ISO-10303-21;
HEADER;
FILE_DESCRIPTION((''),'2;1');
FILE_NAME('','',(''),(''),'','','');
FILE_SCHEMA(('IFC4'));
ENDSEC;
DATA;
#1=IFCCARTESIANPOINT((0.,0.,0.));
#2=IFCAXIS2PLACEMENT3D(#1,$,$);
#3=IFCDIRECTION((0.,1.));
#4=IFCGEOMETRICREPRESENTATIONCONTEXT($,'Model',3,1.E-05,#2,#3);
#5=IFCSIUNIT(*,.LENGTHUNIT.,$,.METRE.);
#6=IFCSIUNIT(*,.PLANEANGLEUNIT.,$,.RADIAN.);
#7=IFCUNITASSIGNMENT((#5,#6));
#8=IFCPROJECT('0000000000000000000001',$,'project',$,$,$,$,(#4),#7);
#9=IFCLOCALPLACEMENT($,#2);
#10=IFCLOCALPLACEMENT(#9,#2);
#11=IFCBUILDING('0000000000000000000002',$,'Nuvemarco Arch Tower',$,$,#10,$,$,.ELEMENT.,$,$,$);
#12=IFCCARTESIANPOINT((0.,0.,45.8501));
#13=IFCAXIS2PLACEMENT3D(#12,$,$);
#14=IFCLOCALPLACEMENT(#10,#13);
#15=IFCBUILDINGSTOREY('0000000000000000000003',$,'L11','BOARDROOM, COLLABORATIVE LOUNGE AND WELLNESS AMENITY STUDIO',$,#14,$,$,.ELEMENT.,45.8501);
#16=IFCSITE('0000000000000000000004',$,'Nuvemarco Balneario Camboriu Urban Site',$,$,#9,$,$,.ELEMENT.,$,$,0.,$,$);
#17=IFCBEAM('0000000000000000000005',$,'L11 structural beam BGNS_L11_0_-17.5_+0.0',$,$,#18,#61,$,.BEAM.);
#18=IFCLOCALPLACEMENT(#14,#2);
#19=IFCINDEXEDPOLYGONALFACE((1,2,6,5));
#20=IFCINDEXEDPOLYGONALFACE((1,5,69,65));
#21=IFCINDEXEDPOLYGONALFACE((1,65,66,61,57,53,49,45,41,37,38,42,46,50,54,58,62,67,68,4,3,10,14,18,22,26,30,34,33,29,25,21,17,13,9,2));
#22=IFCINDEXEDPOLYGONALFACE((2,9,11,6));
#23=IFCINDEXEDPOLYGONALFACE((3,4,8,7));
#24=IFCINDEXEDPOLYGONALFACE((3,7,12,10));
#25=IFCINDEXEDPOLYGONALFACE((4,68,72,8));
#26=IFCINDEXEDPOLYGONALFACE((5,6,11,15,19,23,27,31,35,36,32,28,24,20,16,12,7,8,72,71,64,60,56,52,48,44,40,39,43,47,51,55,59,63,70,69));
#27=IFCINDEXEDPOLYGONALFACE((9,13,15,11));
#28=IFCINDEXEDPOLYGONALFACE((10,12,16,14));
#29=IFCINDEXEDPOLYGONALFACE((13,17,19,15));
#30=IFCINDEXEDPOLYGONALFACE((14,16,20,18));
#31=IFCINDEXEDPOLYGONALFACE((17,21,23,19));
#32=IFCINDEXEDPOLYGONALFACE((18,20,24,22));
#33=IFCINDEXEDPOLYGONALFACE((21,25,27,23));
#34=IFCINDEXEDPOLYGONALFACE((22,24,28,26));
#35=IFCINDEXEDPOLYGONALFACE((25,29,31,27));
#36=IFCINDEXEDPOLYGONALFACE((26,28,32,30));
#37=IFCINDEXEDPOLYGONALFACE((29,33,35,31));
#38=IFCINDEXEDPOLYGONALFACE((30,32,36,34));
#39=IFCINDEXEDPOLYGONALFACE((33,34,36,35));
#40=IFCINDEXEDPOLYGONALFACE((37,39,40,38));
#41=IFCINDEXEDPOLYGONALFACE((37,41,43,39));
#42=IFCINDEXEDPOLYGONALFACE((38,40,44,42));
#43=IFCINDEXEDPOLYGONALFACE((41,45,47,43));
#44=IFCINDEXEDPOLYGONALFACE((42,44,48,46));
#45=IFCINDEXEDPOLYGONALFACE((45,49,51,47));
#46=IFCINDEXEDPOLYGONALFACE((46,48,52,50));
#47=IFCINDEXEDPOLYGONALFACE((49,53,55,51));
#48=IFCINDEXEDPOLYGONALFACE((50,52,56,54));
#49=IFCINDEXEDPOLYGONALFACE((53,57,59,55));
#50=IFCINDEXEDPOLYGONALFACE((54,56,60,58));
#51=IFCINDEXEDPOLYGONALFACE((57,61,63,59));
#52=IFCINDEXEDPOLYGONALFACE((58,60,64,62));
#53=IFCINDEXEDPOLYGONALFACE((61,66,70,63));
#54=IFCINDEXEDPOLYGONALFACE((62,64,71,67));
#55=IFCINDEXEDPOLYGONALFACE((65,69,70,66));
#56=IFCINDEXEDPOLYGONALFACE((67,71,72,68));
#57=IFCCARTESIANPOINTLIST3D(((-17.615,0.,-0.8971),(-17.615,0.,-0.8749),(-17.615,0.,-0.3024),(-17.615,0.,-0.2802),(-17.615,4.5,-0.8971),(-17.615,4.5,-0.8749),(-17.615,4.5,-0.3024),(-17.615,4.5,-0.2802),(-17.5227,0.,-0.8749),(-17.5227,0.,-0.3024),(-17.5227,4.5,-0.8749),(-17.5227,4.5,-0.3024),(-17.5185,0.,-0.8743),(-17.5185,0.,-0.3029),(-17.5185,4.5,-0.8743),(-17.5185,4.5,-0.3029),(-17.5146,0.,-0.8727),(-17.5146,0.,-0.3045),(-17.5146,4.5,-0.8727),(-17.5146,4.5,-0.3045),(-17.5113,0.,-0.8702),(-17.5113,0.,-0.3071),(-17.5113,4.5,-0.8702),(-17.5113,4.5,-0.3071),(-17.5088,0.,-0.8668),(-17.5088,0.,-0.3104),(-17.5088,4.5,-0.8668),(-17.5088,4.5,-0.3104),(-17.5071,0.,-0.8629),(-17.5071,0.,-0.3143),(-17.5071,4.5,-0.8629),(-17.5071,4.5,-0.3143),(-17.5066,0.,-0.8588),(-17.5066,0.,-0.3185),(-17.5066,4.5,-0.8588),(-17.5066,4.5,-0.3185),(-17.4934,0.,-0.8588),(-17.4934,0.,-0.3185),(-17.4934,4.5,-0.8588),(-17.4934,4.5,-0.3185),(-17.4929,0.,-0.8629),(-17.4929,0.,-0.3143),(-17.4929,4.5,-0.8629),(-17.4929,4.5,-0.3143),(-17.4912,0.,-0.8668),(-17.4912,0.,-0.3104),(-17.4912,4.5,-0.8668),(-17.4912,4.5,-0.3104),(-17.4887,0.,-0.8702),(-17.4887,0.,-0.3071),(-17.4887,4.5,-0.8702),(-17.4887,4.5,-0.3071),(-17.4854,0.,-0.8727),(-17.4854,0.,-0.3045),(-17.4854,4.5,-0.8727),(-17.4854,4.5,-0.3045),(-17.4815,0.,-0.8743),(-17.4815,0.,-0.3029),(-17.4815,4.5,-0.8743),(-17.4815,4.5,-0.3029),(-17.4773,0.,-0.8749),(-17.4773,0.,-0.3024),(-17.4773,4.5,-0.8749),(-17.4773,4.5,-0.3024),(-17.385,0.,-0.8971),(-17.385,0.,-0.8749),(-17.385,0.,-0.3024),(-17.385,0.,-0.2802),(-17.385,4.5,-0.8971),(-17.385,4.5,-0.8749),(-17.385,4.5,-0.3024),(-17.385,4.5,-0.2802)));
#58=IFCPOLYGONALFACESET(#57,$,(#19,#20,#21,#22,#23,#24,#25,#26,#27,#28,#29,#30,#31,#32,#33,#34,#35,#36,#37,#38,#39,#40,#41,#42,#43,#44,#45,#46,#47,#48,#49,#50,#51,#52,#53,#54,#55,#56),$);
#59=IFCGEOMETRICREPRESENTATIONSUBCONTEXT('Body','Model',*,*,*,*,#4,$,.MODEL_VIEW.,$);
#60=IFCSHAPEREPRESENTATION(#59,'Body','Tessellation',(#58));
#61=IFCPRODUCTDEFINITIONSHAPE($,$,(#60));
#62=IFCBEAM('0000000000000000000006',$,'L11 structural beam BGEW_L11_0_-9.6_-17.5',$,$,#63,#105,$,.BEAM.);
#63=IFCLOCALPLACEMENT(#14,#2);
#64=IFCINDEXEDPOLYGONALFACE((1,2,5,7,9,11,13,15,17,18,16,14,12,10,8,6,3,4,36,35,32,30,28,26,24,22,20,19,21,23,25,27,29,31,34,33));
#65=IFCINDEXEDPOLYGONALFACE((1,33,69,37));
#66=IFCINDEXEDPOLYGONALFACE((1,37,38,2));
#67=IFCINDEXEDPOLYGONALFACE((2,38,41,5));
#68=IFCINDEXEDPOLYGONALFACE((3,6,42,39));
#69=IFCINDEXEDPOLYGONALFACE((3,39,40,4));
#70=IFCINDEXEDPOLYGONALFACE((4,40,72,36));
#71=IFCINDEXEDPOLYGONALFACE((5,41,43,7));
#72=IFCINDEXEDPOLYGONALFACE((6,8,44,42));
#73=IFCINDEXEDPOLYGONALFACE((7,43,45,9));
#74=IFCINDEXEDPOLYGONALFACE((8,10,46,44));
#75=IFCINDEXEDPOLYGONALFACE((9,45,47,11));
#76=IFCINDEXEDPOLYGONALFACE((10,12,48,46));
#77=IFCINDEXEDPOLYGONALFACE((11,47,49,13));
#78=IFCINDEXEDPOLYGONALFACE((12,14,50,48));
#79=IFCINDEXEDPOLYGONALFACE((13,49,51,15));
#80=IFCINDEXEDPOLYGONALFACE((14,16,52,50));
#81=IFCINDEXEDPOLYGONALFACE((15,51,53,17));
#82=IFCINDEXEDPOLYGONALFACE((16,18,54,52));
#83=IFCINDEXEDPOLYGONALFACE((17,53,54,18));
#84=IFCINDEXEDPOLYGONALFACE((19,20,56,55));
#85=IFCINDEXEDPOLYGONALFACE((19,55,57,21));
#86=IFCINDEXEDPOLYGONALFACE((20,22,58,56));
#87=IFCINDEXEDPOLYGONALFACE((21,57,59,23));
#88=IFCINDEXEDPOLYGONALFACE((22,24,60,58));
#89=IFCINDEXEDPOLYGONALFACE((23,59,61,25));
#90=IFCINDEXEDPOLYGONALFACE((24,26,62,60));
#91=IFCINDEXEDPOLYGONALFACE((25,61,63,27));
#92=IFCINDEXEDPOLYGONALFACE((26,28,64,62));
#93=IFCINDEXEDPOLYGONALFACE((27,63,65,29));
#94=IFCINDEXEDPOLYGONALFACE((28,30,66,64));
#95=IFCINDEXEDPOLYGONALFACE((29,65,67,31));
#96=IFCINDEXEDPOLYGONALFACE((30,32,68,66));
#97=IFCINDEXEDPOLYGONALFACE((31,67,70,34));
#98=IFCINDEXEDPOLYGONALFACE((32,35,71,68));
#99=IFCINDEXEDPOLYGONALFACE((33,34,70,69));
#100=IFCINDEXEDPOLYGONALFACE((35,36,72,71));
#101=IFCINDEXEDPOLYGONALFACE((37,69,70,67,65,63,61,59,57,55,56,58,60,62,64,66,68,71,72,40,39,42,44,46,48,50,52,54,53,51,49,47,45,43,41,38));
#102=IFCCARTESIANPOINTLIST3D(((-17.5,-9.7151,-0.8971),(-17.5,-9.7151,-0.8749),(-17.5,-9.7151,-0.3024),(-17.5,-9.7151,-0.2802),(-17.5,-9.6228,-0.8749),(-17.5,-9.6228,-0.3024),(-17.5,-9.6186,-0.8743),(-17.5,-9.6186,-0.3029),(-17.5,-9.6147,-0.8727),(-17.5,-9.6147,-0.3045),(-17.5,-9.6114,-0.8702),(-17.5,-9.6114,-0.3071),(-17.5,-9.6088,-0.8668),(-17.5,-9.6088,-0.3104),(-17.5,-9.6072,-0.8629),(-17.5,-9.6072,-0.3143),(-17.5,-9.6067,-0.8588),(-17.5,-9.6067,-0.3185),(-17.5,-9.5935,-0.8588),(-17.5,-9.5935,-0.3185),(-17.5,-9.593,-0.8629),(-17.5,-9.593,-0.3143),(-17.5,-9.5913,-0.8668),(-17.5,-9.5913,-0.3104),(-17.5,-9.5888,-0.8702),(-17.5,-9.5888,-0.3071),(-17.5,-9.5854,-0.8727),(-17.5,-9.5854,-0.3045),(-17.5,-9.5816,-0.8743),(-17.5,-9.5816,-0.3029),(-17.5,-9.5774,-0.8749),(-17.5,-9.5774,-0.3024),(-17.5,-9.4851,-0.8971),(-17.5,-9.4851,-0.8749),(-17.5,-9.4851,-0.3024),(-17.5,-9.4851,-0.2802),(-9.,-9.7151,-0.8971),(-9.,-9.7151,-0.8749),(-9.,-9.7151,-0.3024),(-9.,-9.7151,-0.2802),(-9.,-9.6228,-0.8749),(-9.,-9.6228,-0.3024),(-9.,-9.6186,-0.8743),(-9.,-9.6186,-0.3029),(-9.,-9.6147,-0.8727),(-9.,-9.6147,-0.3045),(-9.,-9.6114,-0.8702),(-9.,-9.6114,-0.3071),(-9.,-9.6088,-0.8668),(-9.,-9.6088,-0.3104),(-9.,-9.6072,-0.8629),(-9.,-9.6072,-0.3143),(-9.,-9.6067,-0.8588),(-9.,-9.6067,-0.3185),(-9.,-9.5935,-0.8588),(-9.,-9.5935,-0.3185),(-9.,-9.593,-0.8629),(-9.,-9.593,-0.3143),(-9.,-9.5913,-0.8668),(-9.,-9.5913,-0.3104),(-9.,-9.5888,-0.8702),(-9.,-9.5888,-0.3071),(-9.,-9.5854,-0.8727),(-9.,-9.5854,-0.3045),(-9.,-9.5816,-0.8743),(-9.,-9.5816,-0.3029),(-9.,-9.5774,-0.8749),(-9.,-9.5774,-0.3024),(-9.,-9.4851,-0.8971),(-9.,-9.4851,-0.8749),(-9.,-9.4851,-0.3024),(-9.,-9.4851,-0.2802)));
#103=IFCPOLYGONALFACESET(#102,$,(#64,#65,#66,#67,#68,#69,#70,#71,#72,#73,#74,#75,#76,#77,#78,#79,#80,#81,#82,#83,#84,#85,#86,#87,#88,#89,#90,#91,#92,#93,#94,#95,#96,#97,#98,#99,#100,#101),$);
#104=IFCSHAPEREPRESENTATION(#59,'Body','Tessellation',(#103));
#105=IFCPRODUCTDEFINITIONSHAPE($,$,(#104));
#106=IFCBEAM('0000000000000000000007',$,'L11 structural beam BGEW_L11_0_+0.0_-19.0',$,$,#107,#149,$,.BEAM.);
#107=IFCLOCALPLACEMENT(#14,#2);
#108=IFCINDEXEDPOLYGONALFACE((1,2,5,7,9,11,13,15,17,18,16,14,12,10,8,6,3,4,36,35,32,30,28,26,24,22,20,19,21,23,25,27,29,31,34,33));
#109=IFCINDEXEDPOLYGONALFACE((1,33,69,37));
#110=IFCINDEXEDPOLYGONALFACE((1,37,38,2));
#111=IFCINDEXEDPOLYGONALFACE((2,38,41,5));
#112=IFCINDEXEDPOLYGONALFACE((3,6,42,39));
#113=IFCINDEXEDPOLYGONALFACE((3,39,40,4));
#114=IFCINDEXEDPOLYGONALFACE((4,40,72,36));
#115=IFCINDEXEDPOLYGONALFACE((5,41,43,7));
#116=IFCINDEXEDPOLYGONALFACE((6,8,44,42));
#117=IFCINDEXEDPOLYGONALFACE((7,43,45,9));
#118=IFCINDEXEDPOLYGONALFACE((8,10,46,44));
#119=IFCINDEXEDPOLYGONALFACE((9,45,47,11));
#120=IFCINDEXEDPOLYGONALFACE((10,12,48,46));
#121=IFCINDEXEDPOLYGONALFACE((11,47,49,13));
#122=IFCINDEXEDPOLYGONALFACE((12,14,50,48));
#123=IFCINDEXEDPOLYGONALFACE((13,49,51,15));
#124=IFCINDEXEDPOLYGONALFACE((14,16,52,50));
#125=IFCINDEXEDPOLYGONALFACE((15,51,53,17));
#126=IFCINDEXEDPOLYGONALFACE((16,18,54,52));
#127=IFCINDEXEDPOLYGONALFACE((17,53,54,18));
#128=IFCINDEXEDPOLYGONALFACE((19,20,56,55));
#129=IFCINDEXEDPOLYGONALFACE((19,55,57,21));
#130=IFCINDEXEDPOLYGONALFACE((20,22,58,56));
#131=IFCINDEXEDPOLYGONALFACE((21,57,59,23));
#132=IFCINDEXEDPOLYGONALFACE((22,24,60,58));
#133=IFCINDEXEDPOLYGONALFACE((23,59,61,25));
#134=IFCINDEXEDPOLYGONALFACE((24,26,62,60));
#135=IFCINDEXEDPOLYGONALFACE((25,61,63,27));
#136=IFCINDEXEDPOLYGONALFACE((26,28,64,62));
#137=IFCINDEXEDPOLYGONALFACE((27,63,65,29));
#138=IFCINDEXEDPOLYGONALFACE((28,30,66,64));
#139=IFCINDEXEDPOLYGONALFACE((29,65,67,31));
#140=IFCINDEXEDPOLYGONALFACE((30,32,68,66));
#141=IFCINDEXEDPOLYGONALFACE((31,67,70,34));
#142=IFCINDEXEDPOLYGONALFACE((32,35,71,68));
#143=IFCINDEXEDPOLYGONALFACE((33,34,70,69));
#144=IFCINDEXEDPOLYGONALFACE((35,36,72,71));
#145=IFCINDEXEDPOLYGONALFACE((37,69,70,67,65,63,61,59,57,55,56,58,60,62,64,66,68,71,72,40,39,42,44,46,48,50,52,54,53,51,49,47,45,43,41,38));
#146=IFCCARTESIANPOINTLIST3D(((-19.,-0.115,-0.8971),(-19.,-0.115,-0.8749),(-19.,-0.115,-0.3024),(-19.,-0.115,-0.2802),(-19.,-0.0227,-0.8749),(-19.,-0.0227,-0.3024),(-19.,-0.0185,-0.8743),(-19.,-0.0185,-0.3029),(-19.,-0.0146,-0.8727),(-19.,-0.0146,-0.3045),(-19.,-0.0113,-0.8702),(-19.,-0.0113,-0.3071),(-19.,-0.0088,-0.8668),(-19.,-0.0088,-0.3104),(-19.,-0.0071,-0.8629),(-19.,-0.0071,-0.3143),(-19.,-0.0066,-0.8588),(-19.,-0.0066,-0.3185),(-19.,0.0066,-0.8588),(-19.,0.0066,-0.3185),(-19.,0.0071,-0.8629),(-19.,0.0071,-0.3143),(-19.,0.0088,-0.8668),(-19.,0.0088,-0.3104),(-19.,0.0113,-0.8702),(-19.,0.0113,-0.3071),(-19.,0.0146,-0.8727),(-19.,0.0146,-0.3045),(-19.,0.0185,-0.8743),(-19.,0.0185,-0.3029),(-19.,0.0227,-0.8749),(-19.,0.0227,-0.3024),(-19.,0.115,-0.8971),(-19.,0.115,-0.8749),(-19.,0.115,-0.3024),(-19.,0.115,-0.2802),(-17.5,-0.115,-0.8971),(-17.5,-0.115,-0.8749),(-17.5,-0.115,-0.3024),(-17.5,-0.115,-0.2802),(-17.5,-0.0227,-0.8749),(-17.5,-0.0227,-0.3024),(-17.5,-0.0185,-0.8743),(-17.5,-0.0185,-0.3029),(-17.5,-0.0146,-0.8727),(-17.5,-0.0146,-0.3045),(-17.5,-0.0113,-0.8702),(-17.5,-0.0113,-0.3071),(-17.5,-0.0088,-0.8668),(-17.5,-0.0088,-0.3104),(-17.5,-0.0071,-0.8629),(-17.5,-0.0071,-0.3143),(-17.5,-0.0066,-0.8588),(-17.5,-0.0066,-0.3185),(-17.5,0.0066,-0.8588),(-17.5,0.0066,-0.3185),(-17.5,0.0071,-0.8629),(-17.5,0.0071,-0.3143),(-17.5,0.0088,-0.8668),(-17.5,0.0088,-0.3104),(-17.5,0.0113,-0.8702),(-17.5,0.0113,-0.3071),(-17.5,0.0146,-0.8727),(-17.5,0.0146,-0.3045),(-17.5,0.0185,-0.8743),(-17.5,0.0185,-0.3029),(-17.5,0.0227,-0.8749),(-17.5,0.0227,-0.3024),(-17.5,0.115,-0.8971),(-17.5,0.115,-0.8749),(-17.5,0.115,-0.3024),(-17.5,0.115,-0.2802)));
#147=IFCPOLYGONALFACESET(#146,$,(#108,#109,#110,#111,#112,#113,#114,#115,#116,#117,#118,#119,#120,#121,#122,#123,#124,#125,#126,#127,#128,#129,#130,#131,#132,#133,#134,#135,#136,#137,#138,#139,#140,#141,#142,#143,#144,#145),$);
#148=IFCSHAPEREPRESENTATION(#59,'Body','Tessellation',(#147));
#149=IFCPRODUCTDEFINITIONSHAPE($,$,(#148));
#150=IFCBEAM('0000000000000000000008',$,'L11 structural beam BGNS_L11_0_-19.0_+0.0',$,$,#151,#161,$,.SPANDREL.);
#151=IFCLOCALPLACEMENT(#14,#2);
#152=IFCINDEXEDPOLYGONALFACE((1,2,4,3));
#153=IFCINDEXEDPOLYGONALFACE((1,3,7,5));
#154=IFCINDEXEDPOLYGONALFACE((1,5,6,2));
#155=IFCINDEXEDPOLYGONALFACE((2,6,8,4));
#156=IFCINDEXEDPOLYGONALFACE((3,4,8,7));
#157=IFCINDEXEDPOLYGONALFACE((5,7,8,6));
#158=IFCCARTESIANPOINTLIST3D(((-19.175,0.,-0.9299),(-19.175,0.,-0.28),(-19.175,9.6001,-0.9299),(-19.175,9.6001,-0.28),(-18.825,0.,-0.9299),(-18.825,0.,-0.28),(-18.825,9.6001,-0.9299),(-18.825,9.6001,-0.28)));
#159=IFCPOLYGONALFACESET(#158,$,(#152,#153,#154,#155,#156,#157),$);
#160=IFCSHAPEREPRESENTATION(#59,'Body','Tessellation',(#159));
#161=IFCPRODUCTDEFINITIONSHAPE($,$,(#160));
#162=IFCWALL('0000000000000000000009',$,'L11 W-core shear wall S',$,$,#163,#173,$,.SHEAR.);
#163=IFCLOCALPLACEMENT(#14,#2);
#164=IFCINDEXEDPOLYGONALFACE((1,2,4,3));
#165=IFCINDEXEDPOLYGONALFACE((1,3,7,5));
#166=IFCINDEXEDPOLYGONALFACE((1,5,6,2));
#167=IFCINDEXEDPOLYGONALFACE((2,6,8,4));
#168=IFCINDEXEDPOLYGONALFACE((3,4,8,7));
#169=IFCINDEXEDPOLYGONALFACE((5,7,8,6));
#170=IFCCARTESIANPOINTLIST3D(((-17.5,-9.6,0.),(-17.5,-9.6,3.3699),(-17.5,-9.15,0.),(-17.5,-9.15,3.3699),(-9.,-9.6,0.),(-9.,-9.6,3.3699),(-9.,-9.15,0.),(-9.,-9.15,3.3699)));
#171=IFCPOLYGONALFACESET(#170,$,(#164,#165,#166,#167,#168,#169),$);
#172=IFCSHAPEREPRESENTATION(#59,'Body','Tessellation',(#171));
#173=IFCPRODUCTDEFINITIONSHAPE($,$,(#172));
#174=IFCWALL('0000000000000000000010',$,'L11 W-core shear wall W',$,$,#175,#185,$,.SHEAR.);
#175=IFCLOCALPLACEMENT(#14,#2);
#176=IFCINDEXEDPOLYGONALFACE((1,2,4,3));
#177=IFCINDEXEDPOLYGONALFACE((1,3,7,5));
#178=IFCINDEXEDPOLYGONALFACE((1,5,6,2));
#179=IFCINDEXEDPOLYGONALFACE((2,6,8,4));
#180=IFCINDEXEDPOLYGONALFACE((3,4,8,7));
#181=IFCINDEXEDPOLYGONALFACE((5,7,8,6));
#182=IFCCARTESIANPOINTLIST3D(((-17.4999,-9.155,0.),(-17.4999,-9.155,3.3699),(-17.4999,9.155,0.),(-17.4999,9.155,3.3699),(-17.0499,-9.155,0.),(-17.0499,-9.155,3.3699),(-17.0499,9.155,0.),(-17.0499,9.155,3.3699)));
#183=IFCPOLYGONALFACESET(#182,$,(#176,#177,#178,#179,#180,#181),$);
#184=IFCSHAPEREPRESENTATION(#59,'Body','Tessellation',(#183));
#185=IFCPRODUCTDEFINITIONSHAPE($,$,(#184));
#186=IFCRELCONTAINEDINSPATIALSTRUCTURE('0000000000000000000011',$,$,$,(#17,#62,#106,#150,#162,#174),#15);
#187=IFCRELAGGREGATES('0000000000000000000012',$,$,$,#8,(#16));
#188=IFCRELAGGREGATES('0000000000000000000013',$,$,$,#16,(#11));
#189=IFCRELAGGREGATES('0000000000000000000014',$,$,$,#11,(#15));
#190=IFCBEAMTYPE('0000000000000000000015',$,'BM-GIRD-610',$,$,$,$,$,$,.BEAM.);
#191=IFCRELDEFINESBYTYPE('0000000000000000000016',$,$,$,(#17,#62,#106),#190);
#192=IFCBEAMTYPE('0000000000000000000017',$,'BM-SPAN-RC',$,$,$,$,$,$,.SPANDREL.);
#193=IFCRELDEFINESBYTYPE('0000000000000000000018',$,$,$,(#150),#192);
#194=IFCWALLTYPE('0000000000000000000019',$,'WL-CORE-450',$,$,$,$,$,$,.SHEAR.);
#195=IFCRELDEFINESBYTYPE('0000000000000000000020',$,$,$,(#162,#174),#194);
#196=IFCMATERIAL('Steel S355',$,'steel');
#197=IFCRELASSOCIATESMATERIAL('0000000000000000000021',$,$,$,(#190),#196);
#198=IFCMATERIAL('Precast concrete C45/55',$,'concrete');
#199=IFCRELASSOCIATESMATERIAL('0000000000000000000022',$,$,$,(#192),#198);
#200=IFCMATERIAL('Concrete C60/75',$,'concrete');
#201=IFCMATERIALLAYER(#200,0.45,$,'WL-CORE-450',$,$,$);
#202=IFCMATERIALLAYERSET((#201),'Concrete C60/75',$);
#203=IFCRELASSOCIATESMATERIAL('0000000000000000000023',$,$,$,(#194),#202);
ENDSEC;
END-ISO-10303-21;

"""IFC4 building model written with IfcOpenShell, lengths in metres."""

from ifc_helpers import new_model, si_unit, direction, frame, frame_2d, origin, origin_2d, place, context, subcontext, project, spatial, rectangle, i_section, extrude, material, layer, layer_set, material_profile, profile_set, type_object, element, save


model = new_model("IFC4")

# Units and contexts
model_context = context("Model", 3, precision=1e-05, world=origin(), true_north=direction((0.0, 1.0)))
body_context = subcontext(model_context, "Body", "Model", "MODEL_VIEW")
ifc_project = project(units=[si_unit("LENGTHUNIT", "METRE"), si_unit("PLANEANGLEUNIT", "RADIAN")], contexts=[model_context])

# Site, building, storey
site_placement = place(None, origin())
site = spatial("IfcSite", under=ifc_project, at=site_placement, Name="Nuvemarco Balneario Camboriu Urban Site", CompositionType="ELEMENT", RefElevation=0.0)
building_placement = place(site_placement, origin())
building = spatial("IfcBuilding", under=site, at=building_placement, Name="Nuvemarco Arch Tower", CompositionType="ELEMENT")
storey_placement = place(building_placement, frame((0.0, 0.0, 45.8501)))
storey = spatial("IfcBuildingStorey", under=building, at=storey_placement, Name="L11", Description="BOARDROOM, COLLABORATIVE LOUNGE AND WELLNESS AMENITY STUDIO", CompositionType="ELEMENT", Elevation=45.8501)

# Shared definitions
ifc_material_1 = material(Name="Concrete C60/75", Category="concrete")

# Beams
ifc_material_2 = material(Name="Steel S355", Category="steel")
ifc_material_profile_1 = material_profile(ifc_material_2, i_section(OverallWidth=0.23, OverallDepth=0.6169, WebThickness=0.0132, FlangeThickness=0.0222, FilletRadius=0.0161, at=origin_2d()), Name="W610x140")
ifc_profile_set_1 = profile_set([ifc_material_profile_1], Name="Steel S355")
beam_type_1 = type_object("IfcBeamType", Name="BM-GIRD-610", PredefinedType="BEAM", material=ifc_profile_set_1)
for number, where, z_axis, x_axis, name in (
    (1, (-17.5, 0.0, -0.5886), (0.0, 1.0, 0.0), (-1.0, 0.0, 0.0), "L11 structural beam BGNS_L11_0_-17.5_+0.0"),
):
    element("IfcBeam", number, at=place(storey_placement, frame(where, z_axis=z_axis, x_axis=x_axis)), inside=storey, type_object=beam_type_1, Name=name, PredefinedType="BEAM", context=body_context, shape_type="SweptSolid", body=[
        extrude(i_section(OverallWidth=0.23, OverallDepth=0.6169, WebThickness=0.0132, FlangeThickness=0.0222, FilletRadius=0.0161, at=origin_2d()), origin(), (0.0, 0.0, 1.0), 4.5),
    ])
beam_1_placement = place(storey_placement, frame((-17.5, -9.6001, -0.5886), z_axis=(1.0, 0.0, 0.0), x_axis=(0.0, 1.0, 0.0)))
element("IfcBeam", 2, at=beam_1_placement, inside=storey, type_object=beam_type_1, Name="L11 structural beam BGEW_L11_0_-9.6_-17.5", PredefinedType="BEAM", context=body_context, shape_type="SweptSolid", body=[
    extrude(i_section(OverallWidth=0.23, OverallDepth=0.6169, WebThickness=0.0132, FlangeThickness=0.0222, FilletRadius=0.0161, at=origin_2d()), origin(), (0.0, 0.0, 1.0), 8.5),
])
beam_2_placement = place(storey_placement, frame((-19.0, 0.0, -0.5886), z_axis=(1.0, 0.0, 0.0), x_axis=(0.0, 1.0, 0.0)))
element("IfcBeam", 3, at=beam_2_placement, inside=storey, type_object=beam_type_1, Name="L11 structural beam BGEW_L11_0_+0.0_-19.0", PredefinedType="BEAM", context=body_context, shape_type="SweptSolid", body=[
    extrude(i_section(OverallWidth=0.23, OverallDepth=0.6169, WebThickness=0.0132, FlangeThickness=0.0222, FilletRadius=0.0161, at=origin_2d()), origin(), (0.0, 0.0, 1.0), 1.5),
])
ifc_material_3 = material(Name="Precast concrete C45/55", Category="concrete")
ifc_material_profile_2 = material_profile(ifc_material_3, rectangle(XDim=0.3501, YDim=0.6499, at=origin_2d()), Name="PC-SP-350x650")
ifc_profile_set_2 = profile_set([ifc_material_profile_2], Name="Precast concrete C45/55")
beam_type_2 = type_object("IfcBeamType", Name="BM-SPAN-RC", PredefinedType="SPANDREL", material=ifc_profile_set_2)
beam_3_placement = place(storey_placement, frame((-19.0, 0.0, -0.605), z_axis=(0.0, 1.0, 0.0), x_axis=(-1.0, 0.0, 0.0)))
element("IfcBeam", 4, at=beam_3_placement, inside=storey, type_object=beam_type_2, Name="L11 structural beam BGNS_L11_0_-19.0_+0.0", PredefinedType="SPANDREL", context=body_context, shape_type="SweptSolid", body=[
    extrude(rectangle(XDim=0.3501, YDim=0.6499, at=origin_2d()), origin(), (0.0, 0.0, 1.0), 9.6001),
])

# Walls
ifc_layer_1 = layer(ifc_material_1, 0.45, Name="WL-CORE-450")
ifc_layer_set_1 = layer_set([ifc_layer_1], Name="Concrete C60/75")
wall_type_1 = type_object("IfcWallType", Name="WL-CORE-450", PredefinedType="SHEAR", material=ifc_layer_set_1)
wall_1_placement = place(storey_placement, frame((-17.5, -9.375, 0.0), z_axis=(0.0, 0.0, 1.0), x_axis=(1.0, 0.0, 0.0)))
element("IfcWall", 5, at=wall_1_placement, inside=storey, type_object=wall_type_1, Name="L11 W-core shear wall S", PredefinedType="SHEAR", context=body_context, shape_type="SweptSolid", body=[
    extrude(rectangle(XDim=8.5, YDim=0.45, at=frame_2d((4.25, 0.0))), origin(), (0.0, 0.0, 1.0), 3.3699),
])
wall_2_placement = place(storey_placement, frame((-17.2749, -9.155, 0.0), z_axis=(0.0, 0.0, 1.0), x_axis=(0.0, 1.0, 0.0)))
element("IfcWall", 6, at=wall_2_placement, inside=storey, type_object=wall_type_1, Name="L11 W-core shear wall W", PredefinedType="SHEAR", context=body_context, shape_type="SweptSolid", body=[
    extrude(rectangle(XDim=18.3101, YDim=0.45, at=frame_2d((9.155, 0.0))), origin(), (0.0, 0.0, 1.0), 3.3699),
])

save(model, "model.ifc")
